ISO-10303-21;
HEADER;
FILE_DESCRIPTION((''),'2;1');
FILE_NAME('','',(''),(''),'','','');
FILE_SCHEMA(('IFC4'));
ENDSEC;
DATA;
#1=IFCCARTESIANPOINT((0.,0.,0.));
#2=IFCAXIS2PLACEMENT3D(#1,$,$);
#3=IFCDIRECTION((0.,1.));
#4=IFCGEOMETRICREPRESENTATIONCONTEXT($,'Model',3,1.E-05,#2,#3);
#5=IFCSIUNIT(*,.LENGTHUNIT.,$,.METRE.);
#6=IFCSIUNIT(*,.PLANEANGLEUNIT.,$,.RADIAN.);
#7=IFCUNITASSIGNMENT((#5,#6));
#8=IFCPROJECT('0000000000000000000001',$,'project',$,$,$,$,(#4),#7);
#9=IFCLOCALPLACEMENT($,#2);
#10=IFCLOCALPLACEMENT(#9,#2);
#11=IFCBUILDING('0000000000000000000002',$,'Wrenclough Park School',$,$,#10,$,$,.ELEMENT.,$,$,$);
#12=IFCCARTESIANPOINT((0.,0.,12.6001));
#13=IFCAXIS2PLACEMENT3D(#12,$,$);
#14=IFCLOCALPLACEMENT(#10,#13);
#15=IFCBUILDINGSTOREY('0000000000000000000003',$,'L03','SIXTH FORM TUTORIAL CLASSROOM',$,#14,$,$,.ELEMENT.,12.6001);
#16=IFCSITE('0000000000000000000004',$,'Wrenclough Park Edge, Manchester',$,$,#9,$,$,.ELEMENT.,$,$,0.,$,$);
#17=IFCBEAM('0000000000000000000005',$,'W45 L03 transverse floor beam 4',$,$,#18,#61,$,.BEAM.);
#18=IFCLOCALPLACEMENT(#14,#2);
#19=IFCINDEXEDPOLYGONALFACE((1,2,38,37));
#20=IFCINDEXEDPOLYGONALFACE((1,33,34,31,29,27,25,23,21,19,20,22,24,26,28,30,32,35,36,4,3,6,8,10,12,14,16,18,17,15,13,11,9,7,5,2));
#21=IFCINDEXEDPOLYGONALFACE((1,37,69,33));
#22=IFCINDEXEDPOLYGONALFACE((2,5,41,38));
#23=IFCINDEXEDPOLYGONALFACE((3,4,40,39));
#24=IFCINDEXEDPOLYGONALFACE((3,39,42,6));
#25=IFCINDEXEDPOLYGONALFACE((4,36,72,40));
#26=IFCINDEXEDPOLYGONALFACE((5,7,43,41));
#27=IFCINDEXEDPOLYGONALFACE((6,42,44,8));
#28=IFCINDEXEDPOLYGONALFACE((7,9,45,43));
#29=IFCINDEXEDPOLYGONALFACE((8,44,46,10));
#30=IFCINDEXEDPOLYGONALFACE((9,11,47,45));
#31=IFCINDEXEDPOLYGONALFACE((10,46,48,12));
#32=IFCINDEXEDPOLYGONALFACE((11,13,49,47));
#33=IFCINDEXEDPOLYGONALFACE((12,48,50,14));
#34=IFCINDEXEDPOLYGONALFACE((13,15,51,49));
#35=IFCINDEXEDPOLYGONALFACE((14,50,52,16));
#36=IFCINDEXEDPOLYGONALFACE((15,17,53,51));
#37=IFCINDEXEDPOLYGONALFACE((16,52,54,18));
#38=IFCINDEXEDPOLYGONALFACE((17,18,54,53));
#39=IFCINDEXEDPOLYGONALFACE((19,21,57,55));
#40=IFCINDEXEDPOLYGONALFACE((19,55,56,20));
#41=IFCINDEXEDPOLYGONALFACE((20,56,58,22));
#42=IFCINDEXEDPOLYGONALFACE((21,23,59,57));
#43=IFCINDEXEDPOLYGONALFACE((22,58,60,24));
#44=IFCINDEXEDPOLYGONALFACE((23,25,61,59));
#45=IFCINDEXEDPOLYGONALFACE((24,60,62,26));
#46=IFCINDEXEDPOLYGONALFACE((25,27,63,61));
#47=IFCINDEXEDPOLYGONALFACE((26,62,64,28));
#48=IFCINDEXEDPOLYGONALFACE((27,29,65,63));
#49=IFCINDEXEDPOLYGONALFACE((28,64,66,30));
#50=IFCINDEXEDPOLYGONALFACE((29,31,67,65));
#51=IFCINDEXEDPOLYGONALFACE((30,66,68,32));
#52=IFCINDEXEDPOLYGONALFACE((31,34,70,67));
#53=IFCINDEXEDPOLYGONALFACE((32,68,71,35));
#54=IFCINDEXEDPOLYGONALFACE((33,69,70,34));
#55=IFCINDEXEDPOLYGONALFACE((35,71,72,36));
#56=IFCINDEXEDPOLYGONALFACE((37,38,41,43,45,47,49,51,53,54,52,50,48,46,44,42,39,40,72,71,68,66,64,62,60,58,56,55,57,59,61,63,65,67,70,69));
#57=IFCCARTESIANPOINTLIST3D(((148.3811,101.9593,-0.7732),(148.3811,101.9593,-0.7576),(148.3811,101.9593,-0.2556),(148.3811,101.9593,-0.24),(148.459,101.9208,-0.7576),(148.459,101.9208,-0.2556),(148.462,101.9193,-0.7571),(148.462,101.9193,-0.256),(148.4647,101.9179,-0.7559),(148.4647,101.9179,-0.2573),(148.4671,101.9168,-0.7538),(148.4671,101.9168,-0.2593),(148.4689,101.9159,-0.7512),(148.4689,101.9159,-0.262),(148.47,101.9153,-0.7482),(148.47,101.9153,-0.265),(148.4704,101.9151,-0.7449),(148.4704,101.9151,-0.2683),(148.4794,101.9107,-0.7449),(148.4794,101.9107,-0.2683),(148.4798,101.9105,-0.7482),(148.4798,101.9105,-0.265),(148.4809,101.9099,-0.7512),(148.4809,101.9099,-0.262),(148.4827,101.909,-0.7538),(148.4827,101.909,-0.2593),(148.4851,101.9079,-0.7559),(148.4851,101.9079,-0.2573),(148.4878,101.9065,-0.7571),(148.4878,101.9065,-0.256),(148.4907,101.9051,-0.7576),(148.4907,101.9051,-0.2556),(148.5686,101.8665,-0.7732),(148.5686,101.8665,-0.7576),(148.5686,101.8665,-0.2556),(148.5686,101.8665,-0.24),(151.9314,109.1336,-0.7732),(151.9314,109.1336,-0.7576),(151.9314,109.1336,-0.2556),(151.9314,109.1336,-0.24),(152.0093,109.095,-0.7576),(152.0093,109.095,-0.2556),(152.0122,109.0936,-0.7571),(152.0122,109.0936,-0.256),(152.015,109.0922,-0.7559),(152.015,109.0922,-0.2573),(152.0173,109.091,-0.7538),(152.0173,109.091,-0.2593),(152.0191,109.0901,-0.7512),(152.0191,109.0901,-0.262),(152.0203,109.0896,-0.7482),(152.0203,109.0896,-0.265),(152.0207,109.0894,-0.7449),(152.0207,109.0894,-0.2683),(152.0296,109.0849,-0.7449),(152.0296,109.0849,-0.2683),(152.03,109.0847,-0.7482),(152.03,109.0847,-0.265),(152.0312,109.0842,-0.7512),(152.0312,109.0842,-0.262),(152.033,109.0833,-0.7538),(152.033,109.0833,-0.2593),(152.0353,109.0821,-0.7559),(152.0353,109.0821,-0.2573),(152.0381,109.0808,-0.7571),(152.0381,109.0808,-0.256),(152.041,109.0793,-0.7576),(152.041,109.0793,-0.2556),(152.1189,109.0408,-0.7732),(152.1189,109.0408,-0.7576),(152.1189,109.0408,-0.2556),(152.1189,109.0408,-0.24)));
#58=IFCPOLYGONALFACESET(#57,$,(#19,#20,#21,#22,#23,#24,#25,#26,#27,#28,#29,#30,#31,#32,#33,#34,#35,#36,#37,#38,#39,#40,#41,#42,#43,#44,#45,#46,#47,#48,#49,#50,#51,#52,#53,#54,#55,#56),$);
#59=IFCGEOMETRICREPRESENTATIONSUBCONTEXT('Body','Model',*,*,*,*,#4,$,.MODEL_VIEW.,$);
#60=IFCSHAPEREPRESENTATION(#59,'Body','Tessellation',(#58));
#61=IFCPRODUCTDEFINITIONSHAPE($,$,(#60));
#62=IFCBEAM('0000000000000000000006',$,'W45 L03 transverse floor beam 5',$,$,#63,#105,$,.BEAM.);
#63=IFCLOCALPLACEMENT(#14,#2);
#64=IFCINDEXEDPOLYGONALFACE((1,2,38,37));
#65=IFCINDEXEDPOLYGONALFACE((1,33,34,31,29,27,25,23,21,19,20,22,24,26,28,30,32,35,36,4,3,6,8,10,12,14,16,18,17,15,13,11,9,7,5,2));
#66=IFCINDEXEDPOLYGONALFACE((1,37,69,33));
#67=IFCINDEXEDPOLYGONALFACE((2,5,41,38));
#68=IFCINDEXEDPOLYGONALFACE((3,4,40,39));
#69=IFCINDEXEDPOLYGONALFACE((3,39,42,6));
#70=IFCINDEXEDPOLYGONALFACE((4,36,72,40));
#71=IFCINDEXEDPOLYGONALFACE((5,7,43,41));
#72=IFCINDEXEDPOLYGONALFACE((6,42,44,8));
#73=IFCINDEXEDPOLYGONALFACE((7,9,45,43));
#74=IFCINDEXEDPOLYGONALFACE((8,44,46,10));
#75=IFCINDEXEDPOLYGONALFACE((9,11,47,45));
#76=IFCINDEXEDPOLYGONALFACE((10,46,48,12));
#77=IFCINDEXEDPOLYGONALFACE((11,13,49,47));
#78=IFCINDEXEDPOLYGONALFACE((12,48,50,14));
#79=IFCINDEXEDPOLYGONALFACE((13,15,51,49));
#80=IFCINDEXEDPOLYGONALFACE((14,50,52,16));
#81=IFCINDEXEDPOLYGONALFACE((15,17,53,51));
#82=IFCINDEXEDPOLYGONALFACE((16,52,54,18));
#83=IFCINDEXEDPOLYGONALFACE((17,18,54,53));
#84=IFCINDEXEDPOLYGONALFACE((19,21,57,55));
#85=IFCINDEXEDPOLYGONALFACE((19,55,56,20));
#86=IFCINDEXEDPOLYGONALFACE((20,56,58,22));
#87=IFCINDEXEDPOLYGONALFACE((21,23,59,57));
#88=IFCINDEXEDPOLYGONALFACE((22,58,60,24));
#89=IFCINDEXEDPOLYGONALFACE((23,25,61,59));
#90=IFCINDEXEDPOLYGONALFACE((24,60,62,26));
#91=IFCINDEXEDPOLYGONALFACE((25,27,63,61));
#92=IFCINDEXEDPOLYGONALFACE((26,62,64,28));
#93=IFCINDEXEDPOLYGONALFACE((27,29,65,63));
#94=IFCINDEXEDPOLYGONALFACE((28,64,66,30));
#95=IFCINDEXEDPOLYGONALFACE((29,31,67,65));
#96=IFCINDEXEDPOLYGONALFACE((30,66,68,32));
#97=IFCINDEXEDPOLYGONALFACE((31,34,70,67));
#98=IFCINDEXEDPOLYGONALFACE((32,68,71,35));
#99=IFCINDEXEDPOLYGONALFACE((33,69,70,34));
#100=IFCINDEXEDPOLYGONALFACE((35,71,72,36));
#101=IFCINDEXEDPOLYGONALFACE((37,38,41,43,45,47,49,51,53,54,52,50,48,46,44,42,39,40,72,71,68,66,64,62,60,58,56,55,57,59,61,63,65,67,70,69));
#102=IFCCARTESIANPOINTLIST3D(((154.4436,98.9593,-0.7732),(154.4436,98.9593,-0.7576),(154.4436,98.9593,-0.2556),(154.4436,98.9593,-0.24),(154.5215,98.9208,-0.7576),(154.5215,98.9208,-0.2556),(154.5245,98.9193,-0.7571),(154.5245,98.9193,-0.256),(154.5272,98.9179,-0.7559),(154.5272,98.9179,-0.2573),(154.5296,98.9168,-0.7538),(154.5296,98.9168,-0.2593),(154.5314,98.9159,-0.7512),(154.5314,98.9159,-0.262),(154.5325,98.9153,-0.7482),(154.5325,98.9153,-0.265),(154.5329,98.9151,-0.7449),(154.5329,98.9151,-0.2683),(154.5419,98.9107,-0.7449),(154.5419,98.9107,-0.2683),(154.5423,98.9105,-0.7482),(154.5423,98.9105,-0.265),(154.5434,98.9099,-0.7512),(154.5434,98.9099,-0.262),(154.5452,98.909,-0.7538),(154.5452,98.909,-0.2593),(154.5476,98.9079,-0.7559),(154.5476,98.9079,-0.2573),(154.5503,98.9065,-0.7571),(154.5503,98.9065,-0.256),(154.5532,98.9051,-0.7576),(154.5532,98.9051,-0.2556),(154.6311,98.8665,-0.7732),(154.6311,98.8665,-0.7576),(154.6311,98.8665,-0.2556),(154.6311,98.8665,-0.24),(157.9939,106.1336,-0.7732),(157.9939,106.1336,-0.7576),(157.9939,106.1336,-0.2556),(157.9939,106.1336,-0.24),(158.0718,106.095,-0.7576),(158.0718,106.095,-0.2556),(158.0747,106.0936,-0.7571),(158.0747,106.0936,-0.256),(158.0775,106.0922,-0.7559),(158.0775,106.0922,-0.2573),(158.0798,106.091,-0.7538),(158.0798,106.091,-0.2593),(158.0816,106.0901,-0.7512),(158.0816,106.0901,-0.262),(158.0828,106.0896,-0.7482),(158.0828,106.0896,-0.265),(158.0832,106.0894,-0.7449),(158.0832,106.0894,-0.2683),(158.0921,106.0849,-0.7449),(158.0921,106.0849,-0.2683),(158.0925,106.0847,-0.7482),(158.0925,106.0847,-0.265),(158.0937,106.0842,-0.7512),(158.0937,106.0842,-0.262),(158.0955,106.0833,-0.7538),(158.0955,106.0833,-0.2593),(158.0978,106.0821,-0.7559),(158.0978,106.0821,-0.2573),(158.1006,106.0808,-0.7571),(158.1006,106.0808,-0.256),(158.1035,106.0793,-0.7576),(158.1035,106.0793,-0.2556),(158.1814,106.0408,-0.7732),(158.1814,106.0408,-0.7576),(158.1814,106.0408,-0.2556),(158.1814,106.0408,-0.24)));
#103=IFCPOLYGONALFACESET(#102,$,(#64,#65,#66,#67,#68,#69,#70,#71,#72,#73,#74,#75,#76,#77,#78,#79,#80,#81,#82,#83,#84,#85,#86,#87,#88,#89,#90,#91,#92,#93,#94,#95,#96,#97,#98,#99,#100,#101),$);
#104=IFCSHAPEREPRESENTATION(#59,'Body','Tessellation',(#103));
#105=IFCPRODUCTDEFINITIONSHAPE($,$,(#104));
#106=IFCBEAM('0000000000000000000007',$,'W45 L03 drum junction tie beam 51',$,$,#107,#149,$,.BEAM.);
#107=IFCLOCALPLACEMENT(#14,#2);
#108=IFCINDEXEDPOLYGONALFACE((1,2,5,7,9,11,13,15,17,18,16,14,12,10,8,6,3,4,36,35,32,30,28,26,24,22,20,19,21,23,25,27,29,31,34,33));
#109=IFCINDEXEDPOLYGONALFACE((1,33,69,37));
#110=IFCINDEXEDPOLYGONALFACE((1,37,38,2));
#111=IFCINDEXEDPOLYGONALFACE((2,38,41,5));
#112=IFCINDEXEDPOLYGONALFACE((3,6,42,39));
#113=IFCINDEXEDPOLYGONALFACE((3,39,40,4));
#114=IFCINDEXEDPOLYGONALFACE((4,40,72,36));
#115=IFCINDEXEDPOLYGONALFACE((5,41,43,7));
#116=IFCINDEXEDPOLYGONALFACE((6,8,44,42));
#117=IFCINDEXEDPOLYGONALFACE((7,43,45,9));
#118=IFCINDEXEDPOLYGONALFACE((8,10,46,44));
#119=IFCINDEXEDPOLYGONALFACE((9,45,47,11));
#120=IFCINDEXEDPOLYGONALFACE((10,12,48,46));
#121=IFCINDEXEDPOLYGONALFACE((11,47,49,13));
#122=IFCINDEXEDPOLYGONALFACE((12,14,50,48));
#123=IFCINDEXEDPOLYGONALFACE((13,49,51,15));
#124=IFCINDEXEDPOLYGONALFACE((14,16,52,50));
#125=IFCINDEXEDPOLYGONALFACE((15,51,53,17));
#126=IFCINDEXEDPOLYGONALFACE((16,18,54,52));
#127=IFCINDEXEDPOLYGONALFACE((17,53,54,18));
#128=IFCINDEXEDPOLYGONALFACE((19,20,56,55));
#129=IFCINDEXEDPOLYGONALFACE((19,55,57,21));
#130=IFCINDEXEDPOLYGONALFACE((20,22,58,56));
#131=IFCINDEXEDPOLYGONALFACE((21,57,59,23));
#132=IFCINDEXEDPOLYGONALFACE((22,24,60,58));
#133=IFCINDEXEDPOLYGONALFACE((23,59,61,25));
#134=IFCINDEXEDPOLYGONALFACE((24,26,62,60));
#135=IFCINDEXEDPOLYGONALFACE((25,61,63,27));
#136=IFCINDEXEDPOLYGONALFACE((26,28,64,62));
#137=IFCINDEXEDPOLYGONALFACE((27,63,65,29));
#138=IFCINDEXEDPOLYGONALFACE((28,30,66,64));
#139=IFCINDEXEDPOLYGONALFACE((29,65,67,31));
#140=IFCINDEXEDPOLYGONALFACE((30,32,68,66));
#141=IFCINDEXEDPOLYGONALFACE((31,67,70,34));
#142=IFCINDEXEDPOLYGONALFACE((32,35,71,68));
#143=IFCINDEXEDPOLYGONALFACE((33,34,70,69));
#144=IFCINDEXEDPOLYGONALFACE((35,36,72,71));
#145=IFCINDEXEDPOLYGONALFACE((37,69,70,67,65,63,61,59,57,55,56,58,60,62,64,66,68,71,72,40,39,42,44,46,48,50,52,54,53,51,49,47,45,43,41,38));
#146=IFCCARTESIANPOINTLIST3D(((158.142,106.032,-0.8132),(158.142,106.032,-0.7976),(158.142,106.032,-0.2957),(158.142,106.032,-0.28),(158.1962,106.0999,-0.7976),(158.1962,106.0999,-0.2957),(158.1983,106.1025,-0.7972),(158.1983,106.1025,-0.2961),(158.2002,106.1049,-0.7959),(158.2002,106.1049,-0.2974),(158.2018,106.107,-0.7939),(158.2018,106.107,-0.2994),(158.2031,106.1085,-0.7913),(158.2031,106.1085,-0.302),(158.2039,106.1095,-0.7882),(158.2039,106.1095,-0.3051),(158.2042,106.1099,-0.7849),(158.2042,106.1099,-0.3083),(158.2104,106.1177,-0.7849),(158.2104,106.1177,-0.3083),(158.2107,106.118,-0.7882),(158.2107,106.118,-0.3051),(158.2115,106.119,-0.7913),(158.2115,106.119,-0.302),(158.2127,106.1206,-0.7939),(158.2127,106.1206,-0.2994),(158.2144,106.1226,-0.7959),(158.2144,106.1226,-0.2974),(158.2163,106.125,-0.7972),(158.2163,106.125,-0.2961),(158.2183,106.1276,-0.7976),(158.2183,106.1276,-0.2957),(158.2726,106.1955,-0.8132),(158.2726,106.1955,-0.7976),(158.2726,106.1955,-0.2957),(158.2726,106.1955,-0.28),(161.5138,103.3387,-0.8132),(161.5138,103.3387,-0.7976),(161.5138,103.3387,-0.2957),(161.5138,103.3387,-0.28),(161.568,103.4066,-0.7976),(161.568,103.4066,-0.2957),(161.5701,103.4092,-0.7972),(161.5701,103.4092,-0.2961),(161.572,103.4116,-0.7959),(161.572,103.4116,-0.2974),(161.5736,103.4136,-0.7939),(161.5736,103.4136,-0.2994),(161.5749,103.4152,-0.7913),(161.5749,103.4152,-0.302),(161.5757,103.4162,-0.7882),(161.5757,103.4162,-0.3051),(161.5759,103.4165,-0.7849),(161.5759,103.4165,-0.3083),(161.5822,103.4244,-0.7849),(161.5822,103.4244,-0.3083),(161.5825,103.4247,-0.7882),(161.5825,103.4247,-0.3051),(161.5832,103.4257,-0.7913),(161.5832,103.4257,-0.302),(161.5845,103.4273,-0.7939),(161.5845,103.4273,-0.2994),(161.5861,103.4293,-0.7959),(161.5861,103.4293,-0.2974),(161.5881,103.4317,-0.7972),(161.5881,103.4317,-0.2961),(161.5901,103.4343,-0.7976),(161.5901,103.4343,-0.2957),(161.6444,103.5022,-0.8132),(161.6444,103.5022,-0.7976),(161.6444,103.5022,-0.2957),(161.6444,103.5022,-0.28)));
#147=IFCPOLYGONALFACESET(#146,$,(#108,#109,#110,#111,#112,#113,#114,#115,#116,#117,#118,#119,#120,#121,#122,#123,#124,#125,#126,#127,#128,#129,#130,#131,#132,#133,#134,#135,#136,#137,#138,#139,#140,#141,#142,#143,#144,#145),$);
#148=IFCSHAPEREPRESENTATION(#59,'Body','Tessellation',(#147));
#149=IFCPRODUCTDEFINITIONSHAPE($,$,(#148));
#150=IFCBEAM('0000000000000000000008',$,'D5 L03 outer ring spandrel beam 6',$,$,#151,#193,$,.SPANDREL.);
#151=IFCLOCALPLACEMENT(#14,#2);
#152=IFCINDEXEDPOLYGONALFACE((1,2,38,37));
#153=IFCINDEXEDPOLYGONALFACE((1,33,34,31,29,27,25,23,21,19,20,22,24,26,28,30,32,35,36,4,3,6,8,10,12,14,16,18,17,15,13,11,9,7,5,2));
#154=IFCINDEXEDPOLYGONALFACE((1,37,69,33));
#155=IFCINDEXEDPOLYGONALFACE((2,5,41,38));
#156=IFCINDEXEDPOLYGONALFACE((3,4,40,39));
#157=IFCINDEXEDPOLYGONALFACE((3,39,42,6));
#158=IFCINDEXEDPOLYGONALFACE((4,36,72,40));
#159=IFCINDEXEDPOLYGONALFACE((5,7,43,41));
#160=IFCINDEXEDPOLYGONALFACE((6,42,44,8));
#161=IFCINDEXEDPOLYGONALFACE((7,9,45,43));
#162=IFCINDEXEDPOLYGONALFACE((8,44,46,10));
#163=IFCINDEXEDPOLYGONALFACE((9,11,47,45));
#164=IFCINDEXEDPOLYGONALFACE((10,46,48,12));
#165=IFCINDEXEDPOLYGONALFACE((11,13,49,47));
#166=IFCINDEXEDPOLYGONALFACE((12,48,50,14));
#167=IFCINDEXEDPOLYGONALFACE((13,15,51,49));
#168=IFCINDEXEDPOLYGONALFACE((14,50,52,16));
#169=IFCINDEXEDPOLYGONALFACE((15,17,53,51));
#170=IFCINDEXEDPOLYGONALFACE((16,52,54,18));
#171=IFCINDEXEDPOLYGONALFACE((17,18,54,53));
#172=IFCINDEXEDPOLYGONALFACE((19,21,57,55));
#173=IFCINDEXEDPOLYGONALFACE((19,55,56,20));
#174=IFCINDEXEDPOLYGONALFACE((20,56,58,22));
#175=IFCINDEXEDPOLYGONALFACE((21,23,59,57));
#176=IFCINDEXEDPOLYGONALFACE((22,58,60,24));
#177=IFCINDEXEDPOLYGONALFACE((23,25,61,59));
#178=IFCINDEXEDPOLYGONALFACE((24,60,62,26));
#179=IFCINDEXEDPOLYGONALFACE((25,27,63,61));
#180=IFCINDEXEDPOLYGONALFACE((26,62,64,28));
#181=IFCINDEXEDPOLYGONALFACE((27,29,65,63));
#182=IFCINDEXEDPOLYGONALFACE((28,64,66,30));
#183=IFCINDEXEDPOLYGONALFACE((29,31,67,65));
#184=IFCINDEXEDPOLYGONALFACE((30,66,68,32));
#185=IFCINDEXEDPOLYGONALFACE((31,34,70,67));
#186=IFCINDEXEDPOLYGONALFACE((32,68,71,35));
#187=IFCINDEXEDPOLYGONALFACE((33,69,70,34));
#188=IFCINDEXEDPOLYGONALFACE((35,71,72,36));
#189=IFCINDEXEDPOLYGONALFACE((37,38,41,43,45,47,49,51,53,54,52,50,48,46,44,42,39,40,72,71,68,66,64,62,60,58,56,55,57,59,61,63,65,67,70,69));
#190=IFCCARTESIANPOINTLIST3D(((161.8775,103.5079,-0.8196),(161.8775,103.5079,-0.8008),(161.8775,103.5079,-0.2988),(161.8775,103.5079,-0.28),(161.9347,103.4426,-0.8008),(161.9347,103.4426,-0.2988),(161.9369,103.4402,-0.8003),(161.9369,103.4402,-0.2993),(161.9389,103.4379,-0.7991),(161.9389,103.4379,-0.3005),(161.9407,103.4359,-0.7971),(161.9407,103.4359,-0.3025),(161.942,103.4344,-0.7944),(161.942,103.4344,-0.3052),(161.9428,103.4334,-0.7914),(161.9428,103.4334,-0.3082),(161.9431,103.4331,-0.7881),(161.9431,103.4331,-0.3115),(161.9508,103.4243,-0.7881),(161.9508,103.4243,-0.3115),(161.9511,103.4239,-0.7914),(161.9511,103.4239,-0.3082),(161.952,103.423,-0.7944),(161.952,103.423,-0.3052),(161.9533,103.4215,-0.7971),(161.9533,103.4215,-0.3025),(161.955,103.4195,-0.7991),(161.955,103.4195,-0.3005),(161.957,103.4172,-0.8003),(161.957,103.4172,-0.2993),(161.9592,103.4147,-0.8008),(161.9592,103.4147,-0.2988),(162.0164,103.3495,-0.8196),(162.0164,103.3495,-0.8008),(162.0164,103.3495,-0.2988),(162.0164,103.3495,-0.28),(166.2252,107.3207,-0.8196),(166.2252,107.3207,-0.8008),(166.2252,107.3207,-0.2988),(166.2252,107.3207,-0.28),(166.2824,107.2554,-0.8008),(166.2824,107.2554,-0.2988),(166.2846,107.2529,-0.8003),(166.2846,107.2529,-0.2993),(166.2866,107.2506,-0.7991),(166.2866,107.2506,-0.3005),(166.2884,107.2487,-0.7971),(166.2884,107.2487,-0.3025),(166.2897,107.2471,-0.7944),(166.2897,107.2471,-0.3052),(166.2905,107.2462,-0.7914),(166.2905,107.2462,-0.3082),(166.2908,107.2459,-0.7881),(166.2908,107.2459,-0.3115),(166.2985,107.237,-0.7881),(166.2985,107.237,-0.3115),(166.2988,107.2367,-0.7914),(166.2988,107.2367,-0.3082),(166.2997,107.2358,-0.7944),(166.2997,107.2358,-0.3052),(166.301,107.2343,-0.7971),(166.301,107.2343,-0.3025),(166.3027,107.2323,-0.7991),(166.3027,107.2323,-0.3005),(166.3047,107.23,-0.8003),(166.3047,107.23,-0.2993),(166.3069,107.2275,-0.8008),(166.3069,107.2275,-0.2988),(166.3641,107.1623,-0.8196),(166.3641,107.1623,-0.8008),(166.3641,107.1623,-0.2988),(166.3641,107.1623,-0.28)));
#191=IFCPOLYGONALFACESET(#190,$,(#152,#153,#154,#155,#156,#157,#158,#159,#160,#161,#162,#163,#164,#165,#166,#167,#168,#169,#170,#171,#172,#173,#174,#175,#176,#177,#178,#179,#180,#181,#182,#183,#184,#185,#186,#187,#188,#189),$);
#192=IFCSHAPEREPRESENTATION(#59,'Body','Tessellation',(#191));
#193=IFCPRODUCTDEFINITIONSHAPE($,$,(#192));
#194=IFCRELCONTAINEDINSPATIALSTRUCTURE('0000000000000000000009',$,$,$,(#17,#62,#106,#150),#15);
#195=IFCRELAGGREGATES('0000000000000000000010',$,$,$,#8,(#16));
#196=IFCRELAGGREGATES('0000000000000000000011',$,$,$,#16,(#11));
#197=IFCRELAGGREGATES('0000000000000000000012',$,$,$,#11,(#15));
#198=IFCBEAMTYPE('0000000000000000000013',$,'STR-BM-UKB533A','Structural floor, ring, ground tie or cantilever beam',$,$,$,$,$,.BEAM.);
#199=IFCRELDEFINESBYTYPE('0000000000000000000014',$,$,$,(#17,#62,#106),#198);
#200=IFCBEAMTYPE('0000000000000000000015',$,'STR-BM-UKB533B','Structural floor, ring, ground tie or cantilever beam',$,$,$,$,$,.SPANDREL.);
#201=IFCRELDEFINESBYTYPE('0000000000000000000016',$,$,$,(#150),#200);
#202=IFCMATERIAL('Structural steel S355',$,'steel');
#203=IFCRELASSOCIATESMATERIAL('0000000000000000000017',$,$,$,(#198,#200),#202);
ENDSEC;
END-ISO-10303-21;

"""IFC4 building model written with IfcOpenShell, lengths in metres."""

from ifc_helpers import new_model, si_unit, direction, frame, origin, origin_2d, place, context, subcontext, project, spatial, i_section, extrude, material, material_profile, profile_set, type_object, element, save


model = new_model("IFC4")

# Units and contexts
model_context = context("Model", 3, precision=1e-05, world=origin(), true_north=direction((0.0, 1.0)))
body_context = subcontext(model_context, "Body", "Model", "MODEL_VIEW")
ifc_project = project(units=[si_unit("LENGTHUNIT", "METRE"), si_unit("PLANEANGLEUNIT", "RADIAN")], contexts=[model_context])

# Site, building, storey
site_placement = place(None, origin())
site = spatial("IfcSite", under=ifc_project, at=site_placement, Name="Wrenclough Park Edge, Manchester", CompositionType="ELEMENT", RefElevation=0.0)
building_placement = place(site_placement, origin())
building = spatial("IfcBuilding", under=site, at=building_placement, Name="Wrenclough Park School", CompositionType="ELEMENT")
storey_placement = place(building_placement, frame((0.0, 0.0, 12.6001)))
storey = spatial("IfcBuildingStorey", under=building, at=storey_placement, Name="L03", Description="SIXTH FORM TUTORIAL CLASSROOM", CompositionType="ELEMENT", Elevation=12.6001)

# Shared definitions
ifc_material_1 = material(Name="Structural steel S355", Category="steel")

# Beams
ifc_material_profile_1 = material_profile(ifc_material_1, i_section(OverallWidth=0.2092, OverallDepth=0.5332, WebThickness=0.01, FlangeThickness=0.0156, FilletRadius=0.0127, at=origin_2d()), Name="UKB 533x210x92")
ifc_profile_set_1 = profile_set([ifc_material_profile_1], Name="Structural steel S355")
beam_type_1 = type_object("IfcBeamType", Name="STR-BM-UKB533A", Description="Structural floor, ring, ground tie or cantilever beam", PredefinedType="BEAM", material=ifc_profile_set_1)
for number, where, z_axis, x_axis, name in (
    (1, (152.0251, 109.0872, -0.5066), (-0.443525, -0.896262, 0.0), (0.896262, -0.443525, 0.0), "W45 L03 transverse floor beam 4"),
    (2, (158.0876, 106.0872, -0.5066), (-0.443525, -0.896262, 0.0), (0.896262, -0.443525, 0.0), "W45 L03 transverse floor beam 5"),
):
    element("IfcBeam", number, at=place(storey_placement, frame(where, z_axis=z_axis, x_axis=x_axis)), inside=storey, type_object=beam_type_1, Name=name, PredefinedType="BEAM", context=body_context, shape_type="SweptSolid", body=[
        extrude(i_section(OverallWidth=0.2092, OverallDepth=0.5332, WebThickness=0.01, FlangeThickness=0.0156, FilletRadius=0.0127, at=origin_2d()), origin(), (0.0, 0.0, 1.0), 8.0046),
    ])
beam_1_placement = place(storey_placement, frame((158.2073, 106.1138, -0.5466), z_axis=(0.781332, -0.624115, 0.0), x_axis=(0.624115, 0.781332, 0.0)))
element("IfcBeam", 3, at=beam_1_placement, inside=storey, type_object=beam_type_1, Name="W45 L03 drum junction tie beam 51", PredefinedType="BEAM", context=body_context, shape_type="SweptSolid", body=[
    extrude(i_section(OverallWidth=0.2092, OverallDepth=0.5332, WebThickness=0.01, FlangeThickness=0.0156, FilletRadius=0.0127, at=origin_2d()), origin(), (0.0, 0.0, 1.0), 4.3154),
])
ifc_material_profile_2 = material_profile(ifc_material_1, i_section(OverallWidth=0.2107, OverallDepth=0.5396, WebThickness=0.0117, FlangeThickness=0.0188, FilletRadius=0.0127, at=origin_2d()), Name="UKB 533x210x109")
ifc_profile_set_2 = profile_set([ifc_material_profile_2], Name="Structural steel S355")
beam_type_2 = type_object("IfcBeamType", Name="STR-BM-UKB533B", Description="Structural floor, ring, ground tie or cantilever beam", PredefinedType="SPANDREL", material=ifc_profile_set_2)
beam_2_placement = place(storey_placement, frame((166.2947, 107.2415, -0.5498), z_axis=(-0.751844, -0.659341, 0.0), x_axis=(0.659341, -0.751844, 0.0)))
element("IfcBeam", 4, at=beam_2_placement, inside=storey, type_object=beam_type_2, Name="D5 L03 outer ring spandrel beam 6", PredefinedType="SPANDREL", context=body_context, shape_type="SweptSolid", body=[
    extrude(i_section(OverallWidth=0.2107, OverallDepth=0.5396, WebThickness=0.0117, FlangeThickness=0.0188, FilletRadius=0.0127, at=origin_2d()), origin(), (0.0, 0.0, 1.0), 5.7827),
])

save(model, "model.ifc")
